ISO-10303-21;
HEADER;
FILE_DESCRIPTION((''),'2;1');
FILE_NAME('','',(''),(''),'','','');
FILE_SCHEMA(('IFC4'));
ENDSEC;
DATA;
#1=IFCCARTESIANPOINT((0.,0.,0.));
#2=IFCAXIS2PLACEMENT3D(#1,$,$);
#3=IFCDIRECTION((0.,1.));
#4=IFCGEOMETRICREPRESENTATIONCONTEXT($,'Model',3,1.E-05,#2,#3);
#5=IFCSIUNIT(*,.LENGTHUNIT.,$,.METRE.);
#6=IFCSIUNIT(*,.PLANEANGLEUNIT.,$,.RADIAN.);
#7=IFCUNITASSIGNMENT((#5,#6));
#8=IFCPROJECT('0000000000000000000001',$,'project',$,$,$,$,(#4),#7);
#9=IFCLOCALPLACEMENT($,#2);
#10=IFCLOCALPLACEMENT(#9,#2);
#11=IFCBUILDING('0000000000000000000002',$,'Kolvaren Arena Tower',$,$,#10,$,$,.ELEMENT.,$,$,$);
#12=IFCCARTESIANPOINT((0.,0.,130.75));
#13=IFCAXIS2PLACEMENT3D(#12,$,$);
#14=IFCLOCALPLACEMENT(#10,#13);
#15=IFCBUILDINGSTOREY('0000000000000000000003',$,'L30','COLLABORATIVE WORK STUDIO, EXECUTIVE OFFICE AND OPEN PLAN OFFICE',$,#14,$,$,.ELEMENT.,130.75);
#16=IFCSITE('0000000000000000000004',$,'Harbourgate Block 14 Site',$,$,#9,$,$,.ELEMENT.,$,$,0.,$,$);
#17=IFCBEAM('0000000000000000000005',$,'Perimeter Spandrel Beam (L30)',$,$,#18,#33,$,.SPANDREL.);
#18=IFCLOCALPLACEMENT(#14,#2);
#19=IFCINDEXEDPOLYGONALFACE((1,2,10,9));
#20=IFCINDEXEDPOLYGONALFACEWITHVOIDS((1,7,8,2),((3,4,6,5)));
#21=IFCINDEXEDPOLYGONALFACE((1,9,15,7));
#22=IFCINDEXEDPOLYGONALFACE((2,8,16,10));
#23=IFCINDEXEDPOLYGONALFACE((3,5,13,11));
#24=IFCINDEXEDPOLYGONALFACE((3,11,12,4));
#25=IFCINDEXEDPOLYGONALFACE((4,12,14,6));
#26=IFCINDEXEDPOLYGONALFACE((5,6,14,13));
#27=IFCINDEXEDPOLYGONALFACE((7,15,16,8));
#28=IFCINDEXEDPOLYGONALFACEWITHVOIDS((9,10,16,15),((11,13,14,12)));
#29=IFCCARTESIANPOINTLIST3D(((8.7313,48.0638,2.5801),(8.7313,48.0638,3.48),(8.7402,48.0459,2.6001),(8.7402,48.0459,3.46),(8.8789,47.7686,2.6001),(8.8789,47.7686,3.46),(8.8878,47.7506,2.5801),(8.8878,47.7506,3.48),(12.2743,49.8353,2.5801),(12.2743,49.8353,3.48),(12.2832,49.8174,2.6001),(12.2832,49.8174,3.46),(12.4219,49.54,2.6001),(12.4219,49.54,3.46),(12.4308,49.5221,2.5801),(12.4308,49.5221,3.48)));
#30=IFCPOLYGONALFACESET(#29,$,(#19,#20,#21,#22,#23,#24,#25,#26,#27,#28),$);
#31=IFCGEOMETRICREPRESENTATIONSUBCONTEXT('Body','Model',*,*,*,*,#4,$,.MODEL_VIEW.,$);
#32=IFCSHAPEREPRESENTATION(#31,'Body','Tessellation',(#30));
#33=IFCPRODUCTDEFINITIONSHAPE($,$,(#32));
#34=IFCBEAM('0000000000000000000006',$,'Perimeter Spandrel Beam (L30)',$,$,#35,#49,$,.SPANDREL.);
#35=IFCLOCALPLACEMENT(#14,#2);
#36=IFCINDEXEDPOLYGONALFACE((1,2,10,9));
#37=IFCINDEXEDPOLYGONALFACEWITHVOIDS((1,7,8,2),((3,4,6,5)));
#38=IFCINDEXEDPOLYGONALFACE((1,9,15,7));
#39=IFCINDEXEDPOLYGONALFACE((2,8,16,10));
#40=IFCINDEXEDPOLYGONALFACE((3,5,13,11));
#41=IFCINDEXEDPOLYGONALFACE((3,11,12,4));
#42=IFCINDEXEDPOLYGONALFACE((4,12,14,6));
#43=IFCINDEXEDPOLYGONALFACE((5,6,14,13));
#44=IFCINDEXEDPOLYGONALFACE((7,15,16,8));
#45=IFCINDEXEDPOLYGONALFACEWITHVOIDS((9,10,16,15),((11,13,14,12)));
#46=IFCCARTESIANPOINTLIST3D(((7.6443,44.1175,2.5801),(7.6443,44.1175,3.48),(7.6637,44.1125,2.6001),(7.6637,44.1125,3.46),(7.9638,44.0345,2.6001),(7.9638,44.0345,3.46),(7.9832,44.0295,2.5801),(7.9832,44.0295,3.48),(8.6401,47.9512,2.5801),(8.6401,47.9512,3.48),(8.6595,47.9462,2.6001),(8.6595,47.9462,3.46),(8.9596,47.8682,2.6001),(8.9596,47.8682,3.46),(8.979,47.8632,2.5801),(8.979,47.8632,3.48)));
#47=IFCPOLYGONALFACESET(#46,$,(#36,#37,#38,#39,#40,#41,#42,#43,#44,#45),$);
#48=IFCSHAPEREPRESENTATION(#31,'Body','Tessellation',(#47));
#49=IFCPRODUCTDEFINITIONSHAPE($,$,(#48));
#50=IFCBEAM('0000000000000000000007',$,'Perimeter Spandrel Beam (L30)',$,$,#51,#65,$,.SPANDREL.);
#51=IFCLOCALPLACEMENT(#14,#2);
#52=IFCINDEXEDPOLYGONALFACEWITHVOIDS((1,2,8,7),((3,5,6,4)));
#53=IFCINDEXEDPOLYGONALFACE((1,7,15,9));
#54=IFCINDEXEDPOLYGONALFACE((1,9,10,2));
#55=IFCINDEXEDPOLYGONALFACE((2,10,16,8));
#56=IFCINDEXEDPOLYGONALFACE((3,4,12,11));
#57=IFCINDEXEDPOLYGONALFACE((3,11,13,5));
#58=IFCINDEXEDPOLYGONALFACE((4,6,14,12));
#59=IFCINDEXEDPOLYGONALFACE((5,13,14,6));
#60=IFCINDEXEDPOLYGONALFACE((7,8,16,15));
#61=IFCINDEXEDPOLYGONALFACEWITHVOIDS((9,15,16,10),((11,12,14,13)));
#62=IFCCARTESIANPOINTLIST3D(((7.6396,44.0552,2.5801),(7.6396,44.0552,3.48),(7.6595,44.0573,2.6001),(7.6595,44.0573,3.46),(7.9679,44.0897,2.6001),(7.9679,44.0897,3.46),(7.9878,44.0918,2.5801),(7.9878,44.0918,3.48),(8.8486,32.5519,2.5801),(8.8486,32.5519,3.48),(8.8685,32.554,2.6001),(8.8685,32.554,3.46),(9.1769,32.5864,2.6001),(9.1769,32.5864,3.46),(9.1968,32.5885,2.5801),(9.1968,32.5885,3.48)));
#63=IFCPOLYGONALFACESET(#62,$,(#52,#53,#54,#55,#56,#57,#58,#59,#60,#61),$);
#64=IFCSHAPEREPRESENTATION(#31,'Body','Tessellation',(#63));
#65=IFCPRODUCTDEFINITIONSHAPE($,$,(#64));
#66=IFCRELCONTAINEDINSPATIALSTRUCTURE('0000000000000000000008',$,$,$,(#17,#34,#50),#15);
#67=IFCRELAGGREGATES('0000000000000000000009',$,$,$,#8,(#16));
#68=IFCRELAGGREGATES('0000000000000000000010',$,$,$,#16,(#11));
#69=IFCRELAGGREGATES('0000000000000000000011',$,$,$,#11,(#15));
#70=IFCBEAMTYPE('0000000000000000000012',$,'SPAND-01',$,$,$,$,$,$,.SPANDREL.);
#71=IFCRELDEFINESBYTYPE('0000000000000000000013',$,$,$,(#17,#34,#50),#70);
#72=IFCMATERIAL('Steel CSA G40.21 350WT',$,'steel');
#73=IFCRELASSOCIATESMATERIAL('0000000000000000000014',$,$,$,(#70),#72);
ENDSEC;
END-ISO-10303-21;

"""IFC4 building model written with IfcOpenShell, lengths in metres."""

from ifc_helpers import new_model, si_unit, direction, frame, origin, origin_2d, place, context, subcontext, project, spatial, hollow_rectangle, extrude, material, material_profile, profile_set, type_object, element, save


model = new_model("IFC4")

# Units and contexts
model_context = context("Model", 3, precision=1e-05, world=origin(), true_north=direction((0.0, 1.0)))
body_context = subcontext(model_context, "Body", "Model", "MODEL_VIEW")
ifc_project = project(units=[si_unit("LENGTHUNIT", "METRE"), si_unit("PLANEANGLEUNIT", "RADIAN")], contexts=[model_context])

# Site, building, storey
site_placement = place(None, origin())
site = spatial("IfcSite", under=ifc_project, at=site_placement, Name="Harbourgate Block 14 Site", CompositionType="ELEMENT", RefElevation=0.0)
building_placement = place(site_placement, origin())
building = spatial("IfcBuilding", under=site, at=building_placement, Name="Kolvaren Arena Tower", CompositionType="ELEMENT")
storey_placement = place(building_placement, frame((0.0, 0.0, 130.75)))
storey = spatial("IfcBuildingStorey", under=building, at=storey_placement, Name="L30", Description="COLLABORATIVE WORK STUDIO, EXECUTIVE OFFICE AND OPEN PLAN OFFICE", CompositionType="ELEMENT", Elevation=130.75)

# Beams
ifc_material_1 = material(Name="Steel CSA G40.21 350WT", Category="steel")
ifc_material_profile_1 = material_profile(ifc_material_1, hollow_rectangle(XDim=0.3501, YDim=0.8999, WallThickness=0.02, at=origin_2d()), Name="HSS 900x350x20")
ifc_profile_set_1 = profile_set([ifc_material_profile_1], Name="Steel CSA G40.21 350WT")
beam_type_1 = type_object("IfcBeamType", Name="SPAND-01", PredefinedType="SPANDREL", material=ifc_profile_set_1)
beam_1_placement = place(storey_placement, frame((12.3525, 49.6787, 3.03), z_axis=(-0.894427, -0.447214, 0.0), x_axis=(0.447214, -0.894427, 0.0)))
element("IfcBeam", 1, at=beam_1_placement, inside=storey, type_object=beam_type_1, Name="Perimeter Spandrel Beam (L30)", PredefinedType="SPANDREL", context=body_context, shape_type="SweptSolid", body=[
    extrude(hollow_rectangle(XDim=0.3501, YDim=0.8999, WallThickness=0.02, at=origin_2d()), origin(), (0.0, 0.0, 1.0), 3.9612),
])
beam_2_placement = place(storey_placement, frame((8.8096, 47.9072, 3.03), z_axis=(-0.251416, -0.967879, 0.0), x_axis=(0.967879, -0.251416, 0.0)))
element("IfcBeam", 2, at=beam_2_placement, inside=storey, type_object=beam_type_1, Name="Perimeter Spandrel Beam (L30)", PredefinedType="SPANDREL", context=body_context, shape_type="SweptSolid", body=[
    extrude(hollow_rectangle(XDim=0.3501, YDim=0.8999, WallThickness=0.02, at=origin_2d()), origin(), (0.0, 0.0, 1.0), 3.9609),
])
beam_3_placement = place(storey_placement, frame((7.8137, 44.0735, 3.03), z_axis=(0.104524, -0.994522, 0.0), x_axis=(0.994522, 0.104524, 0.0)))
element("IfcBeam", 3, at=beam_3_placement, inside=storey, type_object=beam_type_1, Name="Perimeter Spandrel Beam (L30)", PredefinedType="SPANDREL", context=body_context, shape_type="SweptSolid", body=[
    extrude(hollow_rectangle(XDim=0.3501, YDim=0.8999, WallThickness=0.02, at=origin_2d()), origin(), (0.0, 0.0, 1.0), 11.5667),
])

save(model, "model.ifc")
